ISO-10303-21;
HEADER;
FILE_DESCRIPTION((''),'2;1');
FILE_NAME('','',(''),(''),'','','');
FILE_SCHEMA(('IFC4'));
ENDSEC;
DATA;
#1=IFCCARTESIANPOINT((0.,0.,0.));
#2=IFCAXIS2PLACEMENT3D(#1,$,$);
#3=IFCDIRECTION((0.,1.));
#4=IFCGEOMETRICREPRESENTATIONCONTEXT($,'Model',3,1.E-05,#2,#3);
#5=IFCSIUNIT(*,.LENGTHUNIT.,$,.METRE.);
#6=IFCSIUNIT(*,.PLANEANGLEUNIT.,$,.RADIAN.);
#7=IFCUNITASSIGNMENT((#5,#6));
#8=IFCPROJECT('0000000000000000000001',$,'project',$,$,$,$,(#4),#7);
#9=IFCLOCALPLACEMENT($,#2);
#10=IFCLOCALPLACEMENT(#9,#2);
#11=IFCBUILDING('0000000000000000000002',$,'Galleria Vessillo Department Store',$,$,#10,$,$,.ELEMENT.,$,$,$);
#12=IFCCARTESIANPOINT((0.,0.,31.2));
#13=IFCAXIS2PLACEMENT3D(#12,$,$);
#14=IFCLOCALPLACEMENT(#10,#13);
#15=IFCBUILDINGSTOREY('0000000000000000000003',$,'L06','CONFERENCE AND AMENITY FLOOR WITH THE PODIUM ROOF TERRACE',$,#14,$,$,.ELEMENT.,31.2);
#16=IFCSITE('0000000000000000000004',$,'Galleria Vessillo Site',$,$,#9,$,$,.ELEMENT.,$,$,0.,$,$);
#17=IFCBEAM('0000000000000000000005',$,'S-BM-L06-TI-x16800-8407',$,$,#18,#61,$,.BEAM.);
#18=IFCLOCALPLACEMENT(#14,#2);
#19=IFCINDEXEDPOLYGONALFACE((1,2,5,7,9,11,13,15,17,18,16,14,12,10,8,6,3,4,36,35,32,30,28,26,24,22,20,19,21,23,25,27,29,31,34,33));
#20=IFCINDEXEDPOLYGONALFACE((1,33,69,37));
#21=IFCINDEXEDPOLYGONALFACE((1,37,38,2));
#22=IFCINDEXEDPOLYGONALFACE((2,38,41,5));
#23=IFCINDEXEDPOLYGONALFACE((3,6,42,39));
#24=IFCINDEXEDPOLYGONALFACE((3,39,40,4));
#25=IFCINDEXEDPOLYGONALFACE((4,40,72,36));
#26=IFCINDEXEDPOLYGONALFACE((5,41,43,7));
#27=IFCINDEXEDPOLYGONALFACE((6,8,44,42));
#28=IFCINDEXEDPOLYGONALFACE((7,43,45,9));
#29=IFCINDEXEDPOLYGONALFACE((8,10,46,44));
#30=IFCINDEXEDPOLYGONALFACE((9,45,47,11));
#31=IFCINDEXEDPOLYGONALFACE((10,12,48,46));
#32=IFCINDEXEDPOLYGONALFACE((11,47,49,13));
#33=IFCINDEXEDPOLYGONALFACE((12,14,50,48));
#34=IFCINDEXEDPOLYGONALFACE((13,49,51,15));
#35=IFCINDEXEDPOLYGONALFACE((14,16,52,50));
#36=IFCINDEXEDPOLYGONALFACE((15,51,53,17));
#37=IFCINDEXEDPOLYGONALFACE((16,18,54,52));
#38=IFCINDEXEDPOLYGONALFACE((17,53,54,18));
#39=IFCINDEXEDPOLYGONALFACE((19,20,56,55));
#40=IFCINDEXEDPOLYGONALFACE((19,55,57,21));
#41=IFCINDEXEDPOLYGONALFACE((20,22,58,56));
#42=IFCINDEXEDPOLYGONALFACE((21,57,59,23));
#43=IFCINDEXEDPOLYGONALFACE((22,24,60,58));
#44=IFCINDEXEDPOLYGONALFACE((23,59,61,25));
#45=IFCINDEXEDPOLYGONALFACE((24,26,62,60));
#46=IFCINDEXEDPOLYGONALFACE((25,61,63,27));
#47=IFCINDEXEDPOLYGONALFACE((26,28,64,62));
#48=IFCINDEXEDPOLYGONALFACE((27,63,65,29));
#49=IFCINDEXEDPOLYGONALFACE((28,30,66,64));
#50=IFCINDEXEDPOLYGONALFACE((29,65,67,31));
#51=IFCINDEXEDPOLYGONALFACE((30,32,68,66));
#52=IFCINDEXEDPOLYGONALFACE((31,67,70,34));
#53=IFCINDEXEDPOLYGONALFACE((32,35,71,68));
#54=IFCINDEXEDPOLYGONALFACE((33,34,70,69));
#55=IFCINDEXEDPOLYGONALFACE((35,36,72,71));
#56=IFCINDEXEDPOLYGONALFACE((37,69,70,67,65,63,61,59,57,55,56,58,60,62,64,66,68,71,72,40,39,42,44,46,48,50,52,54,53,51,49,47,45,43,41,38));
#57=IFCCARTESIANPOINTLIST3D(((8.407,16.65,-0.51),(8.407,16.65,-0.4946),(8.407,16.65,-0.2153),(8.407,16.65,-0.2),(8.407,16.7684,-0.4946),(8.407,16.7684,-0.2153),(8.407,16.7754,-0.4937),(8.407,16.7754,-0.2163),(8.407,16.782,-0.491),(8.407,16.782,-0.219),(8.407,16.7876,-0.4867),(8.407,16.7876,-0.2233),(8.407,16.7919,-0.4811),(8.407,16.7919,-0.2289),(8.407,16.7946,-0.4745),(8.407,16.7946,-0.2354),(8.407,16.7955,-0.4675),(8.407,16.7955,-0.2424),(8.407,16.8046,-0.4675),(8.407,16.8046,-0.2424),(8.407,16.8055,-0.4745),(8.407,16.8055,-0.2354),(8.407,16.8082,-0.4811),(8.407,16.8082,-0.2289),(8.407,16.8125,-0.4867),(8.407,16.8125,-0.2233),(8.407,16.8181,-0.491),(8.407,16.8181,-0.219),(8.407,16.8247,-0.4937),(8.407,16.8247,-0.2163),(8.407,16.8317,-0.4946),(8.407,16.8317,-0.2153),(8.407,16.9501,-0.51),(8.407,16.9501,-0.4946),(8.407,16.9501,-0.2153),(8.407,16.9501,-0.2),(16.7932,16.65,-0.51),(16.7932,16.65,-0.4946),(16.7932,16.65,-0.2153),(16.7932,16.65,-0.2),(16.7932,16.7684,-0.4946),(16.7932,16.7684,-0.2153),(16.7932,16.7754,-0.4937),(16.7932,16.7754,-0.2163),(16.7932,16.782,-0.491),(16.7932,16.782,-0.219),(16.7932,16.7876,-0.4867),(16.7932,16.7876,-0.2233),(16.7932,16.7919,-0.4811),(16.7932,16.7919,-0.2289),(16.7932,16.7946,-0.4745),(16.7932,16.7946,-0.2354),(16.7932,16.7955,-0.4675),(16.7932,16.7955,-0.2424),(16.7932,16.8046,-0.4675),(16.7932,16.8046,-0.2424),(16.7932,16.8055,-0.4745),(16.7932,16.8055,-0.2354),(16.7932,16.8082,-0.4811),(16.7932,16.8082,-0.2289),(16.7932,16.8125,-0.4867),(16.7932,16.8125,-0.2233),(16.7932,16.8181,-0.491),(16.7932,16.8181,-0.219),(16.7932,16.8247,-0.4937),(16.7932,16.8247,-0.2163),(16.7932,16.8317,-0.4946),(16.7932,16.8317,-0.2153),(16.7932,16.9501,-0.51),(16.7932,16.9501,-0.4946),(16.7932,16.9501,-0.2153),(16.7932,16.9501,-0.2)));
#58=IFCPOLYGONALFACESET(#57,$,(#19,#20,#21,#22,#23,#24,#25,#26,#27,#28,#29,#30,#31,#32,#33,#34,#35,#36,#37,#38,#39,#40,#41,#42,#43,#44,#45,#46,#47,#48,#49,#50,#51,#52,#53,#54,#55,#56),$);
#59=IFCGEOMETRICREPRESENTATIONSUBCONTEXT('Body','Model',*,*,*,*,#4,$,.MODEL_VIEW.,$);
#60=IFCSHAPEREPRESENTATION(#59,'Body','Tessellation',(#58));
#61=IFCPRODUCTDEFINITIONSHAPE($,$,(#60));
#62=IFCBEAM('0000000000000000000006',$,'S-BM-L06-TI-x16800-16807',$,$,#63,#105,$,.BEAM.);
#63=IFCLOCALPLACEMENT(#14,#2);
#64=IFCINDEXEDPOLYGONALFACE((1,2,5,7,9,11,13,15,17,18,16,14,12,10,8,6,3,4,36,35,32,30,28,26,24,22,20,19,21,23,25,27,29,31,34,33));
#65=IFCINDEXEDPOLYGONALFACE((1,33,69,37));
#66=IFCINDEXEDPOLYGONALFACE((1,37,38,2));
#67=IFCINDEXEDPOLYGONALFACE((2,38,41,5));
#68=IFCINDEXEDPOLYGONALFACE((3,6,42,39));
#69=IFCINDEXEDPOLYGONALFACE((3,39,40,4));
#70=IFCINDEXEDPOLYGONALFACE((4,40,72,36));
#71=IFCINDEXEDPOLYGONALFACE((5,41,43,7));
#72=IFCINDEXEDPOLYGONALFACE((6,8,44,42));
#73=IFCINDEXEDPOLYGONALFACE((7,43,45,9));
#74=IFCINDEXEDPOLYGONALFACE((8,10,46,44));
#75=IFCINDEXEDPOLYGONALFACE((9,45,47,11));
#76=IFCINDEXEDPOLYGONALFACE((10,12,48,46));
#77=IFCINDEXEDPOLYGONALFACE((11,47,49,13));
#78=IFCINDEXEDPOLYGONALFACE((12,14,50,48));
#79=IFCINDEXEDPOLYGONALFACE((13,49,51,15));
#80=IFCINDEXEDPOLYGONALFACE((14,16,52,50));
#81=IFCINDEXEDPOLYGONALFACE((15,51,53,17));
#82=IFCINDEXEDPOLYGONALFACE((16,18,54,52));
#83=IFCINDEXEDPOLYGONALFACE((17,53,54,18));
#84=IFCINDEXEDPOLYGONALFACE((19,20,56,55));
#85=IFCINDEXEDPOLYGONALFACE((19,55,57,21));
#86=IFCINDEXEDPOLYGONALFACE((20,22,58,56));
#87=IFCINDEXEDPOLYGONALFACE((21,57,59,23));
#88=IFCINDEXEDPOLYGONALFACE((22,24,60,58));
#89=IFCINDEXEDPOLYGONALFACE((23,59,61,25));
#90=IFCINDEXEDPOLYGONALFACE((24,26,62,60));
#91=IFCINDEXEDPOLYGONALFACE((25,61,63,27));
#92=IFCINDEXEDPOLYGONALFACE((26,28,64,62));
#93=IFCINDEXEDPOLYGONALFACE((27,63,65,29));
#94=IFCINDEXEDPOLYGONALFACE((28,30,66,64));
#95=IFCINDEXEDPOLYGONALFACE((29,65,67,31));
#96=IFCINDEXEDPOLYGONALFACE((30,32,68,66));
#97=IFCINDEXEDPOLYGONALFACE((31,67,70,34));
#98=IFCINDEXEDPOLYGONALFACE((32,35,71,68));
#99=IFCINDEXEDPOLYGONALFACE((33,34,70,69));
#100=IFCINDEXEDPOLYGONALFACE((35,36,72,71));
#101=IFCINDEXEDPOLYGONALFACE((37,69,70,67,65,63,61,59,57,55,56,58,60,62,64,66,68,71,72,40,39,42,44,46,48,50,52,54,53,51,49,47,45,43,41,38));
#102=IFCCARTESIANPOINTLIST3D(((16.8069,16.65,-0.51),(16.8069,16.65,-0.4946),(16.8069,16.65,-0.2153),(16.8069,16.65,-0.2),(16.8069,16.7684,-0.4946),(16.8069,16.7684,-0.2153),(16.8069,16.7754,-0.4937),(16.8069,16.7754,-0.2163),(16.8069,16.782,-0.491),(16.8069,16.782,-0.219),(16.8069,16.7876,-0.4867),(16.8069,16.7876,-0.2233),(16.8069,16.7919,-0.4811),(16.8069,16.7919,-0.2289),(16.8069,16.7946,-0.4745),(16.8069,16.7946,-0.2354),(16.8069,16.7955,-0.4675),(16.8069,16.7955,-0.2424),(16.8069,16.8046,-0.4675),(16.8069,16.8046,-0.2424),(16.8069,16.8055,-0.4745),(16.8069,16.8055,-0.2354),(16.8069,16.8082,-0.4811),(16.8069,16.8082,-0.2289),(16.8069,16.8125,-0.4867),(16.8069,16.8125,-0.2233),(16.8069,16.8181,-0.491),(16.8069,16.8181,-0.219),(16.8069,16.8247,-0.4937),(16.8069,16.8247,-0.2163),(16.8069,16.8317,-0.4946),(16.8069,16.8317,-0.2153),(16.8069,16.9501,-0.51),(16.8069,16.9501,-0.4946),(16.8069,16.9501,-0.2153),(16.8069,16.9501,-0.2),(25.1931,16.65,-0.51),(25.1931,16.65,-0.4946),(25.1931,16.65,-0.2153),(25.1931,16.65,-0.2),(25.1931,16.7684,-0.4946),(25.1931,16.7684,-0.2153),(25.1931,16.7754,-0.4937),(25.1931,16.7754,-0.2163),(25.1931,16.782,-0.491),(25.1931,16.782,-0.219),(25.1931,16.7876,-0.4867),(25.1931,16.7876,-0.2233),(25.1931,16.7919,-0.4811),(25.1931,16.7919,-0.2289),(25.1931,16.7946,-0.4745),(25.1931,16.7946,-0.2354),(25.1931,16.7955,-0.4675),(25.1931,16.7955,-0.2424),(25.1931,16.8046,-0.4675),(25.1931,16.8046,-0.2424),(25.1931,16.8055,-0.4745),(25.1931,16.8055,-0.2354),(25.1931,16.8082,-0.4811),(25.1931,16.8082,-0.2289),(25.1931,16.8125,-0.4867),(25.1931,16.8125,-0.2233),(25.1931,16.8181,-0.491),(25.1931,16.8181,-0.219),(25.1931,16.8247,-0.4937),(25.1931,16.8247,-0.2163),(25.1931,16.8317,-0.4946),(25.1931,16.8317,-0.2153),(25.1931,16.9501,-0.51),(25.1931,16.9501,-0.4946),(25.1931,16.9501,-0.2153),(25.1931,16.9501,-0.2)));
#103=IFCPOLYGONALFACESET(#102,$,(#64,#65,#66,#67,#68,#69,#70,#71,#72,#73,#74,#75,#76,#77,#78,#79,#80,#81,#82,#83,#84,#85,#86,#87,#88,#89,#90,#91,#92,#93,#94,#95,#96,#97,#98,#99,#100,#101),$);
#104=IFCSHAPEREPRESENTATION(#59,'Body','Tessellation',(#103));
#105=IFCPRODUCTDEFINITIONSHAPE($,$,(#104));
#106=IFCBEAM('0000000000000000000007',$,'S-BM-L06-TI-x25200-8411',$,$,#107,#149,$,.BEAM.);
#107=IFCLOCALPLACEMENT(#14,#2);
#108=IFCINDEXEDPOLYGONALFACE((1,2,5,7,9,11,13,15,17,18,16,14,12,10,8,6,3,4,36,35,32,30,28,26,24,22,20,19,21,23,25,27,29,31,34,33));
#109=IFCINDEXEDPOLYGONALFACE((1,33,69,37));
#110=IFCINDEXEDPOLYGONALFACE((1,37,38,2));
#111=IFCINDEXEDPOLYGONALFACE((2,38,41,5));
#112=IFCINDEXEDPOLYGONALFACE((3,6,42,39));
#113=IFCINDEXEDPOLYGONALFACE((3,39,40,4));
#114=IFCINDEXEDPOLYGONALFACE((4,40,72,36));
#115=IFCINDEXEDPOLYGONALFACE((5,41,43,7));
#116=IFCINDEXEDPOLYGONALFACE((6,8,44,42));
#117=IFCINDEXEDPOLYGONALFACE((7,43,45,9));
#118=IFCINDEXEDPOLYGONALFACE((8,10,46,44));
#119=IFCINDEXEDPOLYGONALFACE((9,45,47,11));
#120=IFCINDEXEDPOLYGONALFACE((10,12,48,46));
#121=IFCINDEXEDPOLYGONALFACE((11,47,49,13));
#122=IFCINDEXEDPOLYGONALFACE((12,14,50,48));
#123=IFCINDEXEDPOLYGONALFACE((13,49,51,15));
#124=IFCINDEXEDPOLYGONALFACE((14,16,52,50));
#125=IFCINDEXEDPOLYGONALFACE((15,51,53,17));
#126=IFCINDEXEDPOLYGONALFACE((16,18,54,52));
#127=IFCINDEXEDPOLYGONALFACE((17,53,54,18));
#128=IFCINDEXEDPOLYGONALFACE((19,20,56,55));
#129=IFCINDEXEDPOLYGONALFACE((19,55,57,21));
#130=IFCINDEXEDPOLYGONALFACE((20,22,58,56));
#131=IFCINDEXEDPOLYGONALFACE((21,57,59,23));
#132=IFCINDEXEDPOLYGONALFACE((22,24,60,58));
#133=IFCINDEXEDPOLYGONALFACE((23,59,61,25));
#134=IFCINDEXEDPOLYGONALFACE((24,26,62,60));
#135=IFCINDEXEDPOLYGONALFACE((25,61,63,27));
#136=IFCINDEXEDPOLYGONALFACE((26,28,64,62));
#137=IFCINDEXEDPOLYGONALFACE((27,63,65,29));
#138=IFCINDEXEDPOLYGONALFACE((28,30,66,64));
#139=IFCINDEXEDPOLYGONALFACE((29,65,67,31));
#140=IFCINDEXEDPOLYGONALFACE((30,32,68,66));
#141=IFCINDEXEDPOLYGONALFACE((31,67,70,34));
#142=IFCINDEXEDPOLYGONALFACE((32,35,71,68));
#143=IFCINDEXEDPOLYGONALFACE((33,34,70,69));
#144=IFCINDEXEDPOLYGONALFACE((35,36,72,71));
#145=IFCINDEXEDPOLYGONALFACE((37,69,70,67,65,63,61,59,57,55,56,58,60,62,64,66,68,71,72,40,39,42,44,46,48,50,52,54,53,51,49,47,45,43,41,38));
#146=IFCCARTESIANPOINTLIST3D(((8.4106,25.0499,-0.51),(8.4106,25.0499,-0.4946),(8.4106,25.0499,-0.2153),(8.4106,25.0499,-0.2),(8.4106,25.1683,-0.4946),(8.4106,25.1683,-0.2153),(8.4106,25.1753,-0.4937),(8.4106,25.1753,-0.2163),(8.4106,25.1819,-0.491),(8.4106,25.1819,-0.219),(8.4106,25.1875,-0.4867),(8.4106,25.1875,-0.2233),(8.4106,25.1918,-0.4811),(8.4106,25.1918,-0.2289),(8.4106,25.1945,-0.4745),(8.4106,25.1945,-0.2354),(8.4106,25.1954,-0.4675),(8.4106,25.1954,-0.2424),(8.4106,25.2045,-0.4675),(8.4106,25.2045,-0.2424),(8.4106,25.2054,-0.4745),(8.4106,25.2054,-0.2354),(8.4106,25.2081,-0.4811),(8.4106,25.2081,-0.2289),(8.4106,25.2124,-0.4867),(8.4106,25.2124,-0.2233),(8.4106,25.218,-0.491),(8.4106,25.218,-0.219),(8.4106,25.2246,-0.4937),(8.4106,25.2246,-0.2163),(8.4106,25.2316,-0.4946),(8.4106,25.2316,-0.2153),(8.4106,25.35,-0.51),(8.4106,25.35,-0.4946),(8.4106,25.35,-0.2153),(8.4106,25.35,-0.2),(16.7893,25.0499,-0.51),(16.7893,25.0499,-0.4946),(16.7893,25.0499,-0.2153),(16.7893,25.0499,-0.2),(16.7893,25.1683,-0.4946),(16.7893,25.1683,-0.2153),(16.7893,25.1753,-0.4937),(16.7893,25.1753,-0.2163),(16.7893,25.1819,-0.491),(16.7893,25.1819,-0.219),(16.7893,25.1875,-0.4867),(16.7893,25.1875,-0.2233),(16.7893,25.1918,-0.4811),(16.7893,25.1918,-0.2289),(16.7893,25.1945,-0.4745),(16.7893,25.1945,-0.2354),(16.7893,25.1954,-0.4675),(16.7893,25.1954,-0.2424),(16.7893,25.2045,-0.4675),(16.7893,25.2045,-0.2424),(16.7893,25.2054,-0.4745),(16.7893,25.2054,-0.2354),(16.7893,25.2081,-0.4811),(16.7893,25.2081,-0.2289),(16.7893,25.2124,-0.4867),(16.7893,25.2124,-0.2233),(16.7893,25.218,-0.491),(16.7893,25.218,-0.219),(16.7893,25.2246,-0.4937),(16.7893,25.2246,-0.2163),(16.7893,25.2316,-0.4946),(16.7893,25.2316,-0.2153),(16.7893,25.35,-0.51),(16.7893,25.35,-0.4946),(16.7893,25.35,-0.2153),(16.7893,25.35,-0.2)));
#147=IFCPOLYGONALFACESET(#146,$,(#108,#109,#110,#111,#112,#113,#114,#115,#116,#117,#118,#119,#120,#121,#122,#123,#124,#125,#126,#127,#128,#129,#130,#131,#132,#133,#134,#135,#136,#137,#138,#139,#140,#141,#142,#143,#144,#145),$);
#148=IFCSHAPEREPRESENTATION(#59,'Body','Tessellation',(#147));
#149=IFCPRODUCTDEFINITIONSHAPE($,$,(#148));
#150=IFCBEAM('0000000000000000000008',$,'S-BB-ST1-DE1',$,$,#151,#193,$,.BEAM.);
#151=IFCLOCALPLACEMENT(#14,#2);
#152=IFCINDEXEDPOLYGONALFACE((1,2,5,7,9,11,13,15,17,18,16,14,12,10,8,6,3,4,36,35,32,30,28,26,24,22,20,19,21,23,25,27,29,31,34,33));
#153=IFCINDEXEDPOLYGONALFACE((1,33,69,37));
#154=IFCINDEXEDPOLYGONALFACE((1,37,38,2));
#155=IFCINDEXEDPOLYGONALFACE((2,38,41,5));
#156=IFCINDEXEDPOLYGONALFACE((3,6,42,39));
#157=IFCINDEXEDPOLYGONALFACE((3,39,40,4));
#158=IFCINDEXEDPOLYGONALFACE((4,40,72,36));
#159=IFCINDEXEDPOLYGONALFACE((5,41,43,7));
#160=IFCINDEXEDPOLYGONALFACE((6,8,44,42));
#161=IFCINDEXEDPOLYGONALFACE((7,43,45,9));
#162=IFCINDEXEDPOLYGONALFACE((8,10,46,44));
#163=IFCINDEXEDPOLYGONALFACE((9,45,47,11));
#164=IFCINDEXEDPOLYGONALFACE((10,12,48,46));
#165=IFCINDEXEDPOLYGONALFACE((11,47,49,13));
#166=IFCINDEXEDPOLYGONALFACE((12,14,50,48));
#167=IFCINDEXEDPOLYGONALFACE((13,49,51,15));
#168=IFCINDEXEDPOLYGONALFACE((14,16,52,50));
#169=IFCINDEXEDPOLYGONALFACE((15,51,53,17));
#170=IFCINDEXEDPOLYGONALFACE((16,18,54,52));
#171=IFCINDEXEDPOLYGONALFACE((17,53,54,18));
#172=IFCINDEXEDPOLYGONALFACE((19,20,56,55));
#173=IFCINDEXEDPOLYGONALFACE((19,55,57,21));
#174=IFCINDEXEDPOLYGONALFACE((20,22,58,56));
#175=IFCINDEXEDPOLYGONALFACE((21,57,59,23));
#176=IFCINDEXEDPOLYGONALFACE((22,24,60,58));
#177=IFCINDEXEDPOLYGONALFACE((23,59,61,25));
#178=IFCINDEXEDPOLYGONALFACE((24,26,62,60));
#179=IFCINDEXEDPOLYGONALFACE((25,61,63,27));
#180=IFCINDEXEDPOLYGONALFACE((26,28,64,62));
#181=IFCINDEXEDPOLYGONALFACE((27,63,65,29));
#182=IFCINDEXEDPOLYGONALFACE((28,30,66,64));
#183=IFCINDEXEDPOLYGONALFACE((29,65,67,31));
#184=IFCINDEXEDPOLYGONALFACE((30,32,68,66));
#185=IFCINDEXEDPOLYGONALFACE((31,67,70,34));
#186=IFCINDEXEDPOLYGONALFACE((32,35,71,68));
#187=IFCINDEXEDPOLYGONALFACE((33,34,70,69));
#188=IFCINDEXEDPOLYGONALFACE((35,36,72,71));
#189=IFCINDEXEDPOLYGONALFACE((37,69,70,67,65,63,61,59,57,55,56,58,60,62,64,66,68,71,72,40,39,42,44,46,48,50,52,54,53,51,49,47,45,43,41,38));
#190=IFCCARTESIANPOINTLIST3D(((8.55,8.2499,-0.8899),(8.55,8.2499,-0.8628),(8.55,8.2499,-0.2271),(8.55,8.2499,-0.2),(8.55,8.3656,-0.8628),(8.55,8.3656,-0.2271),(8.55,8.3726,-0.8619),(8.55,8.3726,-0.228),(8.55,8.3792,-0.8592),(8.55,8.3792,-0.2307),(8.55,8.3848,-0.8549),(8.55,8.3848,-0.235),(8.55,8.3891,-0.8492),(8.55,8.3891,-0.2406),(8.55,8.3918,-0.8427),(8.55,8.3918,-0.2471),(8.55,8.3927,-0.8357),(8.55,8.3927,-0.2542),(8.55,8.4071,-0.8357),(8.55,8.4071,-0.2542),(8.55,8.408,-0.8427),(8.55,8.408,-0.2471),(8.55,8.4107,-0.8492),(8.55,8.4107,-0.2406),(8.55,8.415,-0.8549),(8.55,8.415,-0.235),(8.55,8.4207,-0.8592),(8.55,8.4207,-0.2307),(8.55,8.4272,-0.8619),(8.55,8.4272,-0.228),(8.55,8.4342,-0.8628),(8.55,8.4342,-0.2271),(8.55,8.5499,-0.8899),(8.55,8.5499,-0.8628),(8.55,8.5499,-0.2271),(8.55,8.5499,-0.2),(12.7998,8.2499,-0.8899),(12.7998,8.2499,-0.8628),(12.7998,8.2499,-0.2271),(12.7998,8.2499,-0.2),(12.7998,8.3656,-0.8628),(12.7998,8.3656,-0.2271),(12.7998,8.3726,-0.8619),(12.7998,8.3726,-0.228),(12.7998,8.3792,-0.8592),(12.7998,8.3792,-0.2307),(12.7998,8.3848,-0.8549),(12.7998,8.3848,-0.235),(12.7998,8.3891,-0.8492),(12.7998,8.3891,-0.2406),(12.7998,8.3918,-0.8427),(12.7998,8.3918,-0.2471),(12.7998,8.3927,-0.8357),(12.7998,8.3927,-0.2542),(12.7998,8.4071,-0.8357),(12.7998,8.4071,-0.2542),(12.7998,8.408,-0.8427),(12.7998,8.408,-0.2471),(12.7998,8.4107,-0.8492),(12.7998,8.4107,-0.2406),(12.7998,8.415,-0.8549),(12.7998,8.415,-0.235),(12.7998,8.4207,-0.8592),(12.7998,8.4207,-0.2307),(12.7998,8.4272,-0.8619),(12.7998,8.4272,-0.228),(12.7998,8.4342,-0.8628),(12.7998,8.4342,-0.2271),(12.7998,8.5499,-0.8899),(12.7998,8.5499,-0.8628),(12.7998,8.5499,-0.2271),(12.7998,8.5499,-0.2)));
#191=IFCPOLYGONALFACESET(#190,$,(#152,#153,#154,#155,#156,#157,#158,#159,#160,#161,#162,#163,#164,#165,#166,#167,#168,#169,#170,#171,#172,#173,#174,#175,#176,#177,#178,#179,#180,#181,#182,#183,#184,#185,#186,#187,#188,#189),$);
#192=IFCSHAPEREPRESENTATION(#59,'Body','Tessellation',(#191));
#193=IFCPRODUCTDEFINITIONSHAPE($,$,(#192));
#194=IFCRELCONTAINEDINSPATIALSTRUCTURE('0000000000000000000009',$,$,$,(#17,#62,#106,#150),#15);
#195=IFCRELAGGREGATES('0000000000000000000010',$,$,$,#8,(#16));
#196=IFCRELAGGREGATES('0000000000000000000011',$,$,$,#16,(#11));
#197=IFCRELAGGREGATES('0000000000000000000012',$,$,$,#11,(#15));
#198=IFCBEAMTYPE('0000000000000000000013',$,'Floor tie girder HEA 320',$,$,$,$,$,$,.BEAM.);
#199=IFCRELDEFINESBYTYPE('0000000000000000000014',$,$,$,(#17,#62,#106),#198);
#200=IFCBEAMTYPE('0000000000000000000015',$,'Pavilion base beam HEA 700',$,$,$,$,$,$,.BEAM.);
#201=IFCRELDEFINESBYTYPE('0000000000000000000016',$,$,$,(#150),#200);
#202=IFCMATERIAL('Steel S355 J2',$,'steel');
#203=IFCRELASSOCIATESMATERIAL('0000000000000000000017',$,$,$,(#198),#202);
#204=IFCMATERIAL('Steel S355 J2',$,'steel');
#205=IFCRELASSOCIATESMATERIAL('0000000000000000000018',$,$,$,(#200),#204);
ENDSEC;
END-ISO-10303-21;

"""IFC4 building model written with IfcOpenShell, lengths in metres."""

from ifc_helpers import new_model, si_unit, direction, frame, origin, origin_2d, place, context, subcontext, project, spatial, i_section, extrude, material, material_profile, profile_set, type_object, element, save


model = new_model("IFC4")

# Units and contexts
model_context = context("Model", 3, precision=1e-05, world=origin(), true_north=direction((0.0, 1.0)))
body_context = subcontext(model_context, "Body", "Model", "MODEL_VIEW")
ifc_project = project(units=[si_unit("LENGTHUNIT", "METRE"), si_unit("PLANEANGLEUNIT", "RADIAN")], contexts=[model_context])

# Site, building, storey
site_placement = place(None, origin())
site = spatial("IfcSite", under=ifc_project, at=site_placement, Name="Galleria Vessillo Site", CompositionType="ELEMENT", RefElevation=0.0)
building_placement = place(site_placement, origin())
building = spatial("IfcBuilding", under=site, at=building_placement, Name="Galleria Vessillo Department Store", CompositionType="ELEMENT")
storey_placement = place(building_placement, frame((0.0, 0.0, 31.2)))
storey = spatial("IfcBuildingStorey", under=building, at=storey_placement, Name="L06", Description="CONFERENCE AND AMENITY FLOOR WITH THE PODIUM ROOF TERRACE", CompositionType="ELEMENT", Elevation=31.2)

# Beams
ifc_material_1 = material(Name="Steel S355 J2", Category="steel")
ifc_material_profile_1 = material_profile(ifc_material_1, i_section(OverallWidth=0.3, OverallDepth=0.3101, WebThickness=0.009, FlangeThickness=0.0154, FilletRadius=0.0271, at=origin_2d()), Name="HEA 320")
ifc_profile_set_1 = profile_set([ifc_material_profile_1], Name="Steel S355 J2")
beam_type_1 = type_object("IfcBeamType", Name="Floor tie girder HEA 320", PredefinedType="BEAM", material=ifc_profile_set_1)
for number, where, z_axis, x_axis, name in (
    (1, (8.407, 16.8, -0.355), (1.0, 0.0, 0.0), (0.0, 1.0, 0.0), "S-BM-L06-TI-x16800-8407"),
    (2, (16.8069, 16.8, -0.355), (1.0, 0.0, 0.0), (0.0, 1.0, 0.0), "S-BM-L06-TI-x16800-16807"),
):
    element("IfcBeam", number, at=place(storey_placement, frame(where, z_axis=z_axis, x_axis=x_axis)), inside=storey, type_object=beam_type_1, Name=name, PredefinedType="BEAM", context=body_context, shape_type="SweptSolid", body=[
        extrude(i_section(OverallWidth=0.3, OverallDepth=0.3101, WebThickness=0.009, FlangeThickness=0.0154, FilletRadius=0.0271, at=origin_2d()), origin(), (0.0, 0.0, 1.0), 8.3862),
    ])
beam_1_placement = place(storey_placement, frame((8.4106, 25.2, -0.355), z_axis=(1.0, 0.0, 0.0), x_axis=(0.0, 1.0, 0.0)))
element("IfcBeam", 3, at=beam_1_placement, inside=storey, type_object=beam_type_1, Name="S-BM-L06-TI-x25200-8411", PredefinedType="BEAM", context=body_context, shape_type="SweptSolid", body=[
    extrude(i_section(OverallWidth=0.3, OverallDepth=0.3101, WebThickness=0.009, FlangeThickness=0.0154, FilletRadius=0.0271, at=origin_2d()), origin(), (0.0, 0.0, 1.0), 8.3787),
])
ifc_material_2 = material(Name="Steel S355 J2", Category="steel")
ifc_material_profile_2 = material_profile(ifc_material_2, i_section(OverallWidth=0.3, OverallDepth=0.6899, WebThickness=0.0144, FlangeThickness=0.0271, FilletRadius=0.0271, at=origin_2d()), Name="HEA 700")
ifc_profile_set_2 = profile_set([ifc_material_profile_2], Name="Steel S355 J2")
beam_type_2 = type_object("IfcBeamType", Name="Pavilion base beam HEA 700", PredefinedType="BEAM", material=ifc_profile_set_2)
beam_2_placement = place(storey_placement, frame((8.55, 8.3999, -0.5449), z_axis=(1.0, 0.0, 0.0), x_axis=(0.0, 1.0, 0.0)))
element("IfcBeam", 4, at=beam_2_placement, inside=storey, type_object=beam_type_2, Name="S-BB-ST1-DE1", PredefinedType="BEAM", context=body_context, shape_type="SweptSolid", body=[
    extrude(i_section(OverallWidth=0.3, OverallDepth=0.6899, WebThickness=0.0144, FlangeThickness=0.0271, FilletRadius=0.0271, at=origin_2d()), origin(), (0.0, 0.0, 1.0), 4.2498),
])

save(model, "model.ifc")
